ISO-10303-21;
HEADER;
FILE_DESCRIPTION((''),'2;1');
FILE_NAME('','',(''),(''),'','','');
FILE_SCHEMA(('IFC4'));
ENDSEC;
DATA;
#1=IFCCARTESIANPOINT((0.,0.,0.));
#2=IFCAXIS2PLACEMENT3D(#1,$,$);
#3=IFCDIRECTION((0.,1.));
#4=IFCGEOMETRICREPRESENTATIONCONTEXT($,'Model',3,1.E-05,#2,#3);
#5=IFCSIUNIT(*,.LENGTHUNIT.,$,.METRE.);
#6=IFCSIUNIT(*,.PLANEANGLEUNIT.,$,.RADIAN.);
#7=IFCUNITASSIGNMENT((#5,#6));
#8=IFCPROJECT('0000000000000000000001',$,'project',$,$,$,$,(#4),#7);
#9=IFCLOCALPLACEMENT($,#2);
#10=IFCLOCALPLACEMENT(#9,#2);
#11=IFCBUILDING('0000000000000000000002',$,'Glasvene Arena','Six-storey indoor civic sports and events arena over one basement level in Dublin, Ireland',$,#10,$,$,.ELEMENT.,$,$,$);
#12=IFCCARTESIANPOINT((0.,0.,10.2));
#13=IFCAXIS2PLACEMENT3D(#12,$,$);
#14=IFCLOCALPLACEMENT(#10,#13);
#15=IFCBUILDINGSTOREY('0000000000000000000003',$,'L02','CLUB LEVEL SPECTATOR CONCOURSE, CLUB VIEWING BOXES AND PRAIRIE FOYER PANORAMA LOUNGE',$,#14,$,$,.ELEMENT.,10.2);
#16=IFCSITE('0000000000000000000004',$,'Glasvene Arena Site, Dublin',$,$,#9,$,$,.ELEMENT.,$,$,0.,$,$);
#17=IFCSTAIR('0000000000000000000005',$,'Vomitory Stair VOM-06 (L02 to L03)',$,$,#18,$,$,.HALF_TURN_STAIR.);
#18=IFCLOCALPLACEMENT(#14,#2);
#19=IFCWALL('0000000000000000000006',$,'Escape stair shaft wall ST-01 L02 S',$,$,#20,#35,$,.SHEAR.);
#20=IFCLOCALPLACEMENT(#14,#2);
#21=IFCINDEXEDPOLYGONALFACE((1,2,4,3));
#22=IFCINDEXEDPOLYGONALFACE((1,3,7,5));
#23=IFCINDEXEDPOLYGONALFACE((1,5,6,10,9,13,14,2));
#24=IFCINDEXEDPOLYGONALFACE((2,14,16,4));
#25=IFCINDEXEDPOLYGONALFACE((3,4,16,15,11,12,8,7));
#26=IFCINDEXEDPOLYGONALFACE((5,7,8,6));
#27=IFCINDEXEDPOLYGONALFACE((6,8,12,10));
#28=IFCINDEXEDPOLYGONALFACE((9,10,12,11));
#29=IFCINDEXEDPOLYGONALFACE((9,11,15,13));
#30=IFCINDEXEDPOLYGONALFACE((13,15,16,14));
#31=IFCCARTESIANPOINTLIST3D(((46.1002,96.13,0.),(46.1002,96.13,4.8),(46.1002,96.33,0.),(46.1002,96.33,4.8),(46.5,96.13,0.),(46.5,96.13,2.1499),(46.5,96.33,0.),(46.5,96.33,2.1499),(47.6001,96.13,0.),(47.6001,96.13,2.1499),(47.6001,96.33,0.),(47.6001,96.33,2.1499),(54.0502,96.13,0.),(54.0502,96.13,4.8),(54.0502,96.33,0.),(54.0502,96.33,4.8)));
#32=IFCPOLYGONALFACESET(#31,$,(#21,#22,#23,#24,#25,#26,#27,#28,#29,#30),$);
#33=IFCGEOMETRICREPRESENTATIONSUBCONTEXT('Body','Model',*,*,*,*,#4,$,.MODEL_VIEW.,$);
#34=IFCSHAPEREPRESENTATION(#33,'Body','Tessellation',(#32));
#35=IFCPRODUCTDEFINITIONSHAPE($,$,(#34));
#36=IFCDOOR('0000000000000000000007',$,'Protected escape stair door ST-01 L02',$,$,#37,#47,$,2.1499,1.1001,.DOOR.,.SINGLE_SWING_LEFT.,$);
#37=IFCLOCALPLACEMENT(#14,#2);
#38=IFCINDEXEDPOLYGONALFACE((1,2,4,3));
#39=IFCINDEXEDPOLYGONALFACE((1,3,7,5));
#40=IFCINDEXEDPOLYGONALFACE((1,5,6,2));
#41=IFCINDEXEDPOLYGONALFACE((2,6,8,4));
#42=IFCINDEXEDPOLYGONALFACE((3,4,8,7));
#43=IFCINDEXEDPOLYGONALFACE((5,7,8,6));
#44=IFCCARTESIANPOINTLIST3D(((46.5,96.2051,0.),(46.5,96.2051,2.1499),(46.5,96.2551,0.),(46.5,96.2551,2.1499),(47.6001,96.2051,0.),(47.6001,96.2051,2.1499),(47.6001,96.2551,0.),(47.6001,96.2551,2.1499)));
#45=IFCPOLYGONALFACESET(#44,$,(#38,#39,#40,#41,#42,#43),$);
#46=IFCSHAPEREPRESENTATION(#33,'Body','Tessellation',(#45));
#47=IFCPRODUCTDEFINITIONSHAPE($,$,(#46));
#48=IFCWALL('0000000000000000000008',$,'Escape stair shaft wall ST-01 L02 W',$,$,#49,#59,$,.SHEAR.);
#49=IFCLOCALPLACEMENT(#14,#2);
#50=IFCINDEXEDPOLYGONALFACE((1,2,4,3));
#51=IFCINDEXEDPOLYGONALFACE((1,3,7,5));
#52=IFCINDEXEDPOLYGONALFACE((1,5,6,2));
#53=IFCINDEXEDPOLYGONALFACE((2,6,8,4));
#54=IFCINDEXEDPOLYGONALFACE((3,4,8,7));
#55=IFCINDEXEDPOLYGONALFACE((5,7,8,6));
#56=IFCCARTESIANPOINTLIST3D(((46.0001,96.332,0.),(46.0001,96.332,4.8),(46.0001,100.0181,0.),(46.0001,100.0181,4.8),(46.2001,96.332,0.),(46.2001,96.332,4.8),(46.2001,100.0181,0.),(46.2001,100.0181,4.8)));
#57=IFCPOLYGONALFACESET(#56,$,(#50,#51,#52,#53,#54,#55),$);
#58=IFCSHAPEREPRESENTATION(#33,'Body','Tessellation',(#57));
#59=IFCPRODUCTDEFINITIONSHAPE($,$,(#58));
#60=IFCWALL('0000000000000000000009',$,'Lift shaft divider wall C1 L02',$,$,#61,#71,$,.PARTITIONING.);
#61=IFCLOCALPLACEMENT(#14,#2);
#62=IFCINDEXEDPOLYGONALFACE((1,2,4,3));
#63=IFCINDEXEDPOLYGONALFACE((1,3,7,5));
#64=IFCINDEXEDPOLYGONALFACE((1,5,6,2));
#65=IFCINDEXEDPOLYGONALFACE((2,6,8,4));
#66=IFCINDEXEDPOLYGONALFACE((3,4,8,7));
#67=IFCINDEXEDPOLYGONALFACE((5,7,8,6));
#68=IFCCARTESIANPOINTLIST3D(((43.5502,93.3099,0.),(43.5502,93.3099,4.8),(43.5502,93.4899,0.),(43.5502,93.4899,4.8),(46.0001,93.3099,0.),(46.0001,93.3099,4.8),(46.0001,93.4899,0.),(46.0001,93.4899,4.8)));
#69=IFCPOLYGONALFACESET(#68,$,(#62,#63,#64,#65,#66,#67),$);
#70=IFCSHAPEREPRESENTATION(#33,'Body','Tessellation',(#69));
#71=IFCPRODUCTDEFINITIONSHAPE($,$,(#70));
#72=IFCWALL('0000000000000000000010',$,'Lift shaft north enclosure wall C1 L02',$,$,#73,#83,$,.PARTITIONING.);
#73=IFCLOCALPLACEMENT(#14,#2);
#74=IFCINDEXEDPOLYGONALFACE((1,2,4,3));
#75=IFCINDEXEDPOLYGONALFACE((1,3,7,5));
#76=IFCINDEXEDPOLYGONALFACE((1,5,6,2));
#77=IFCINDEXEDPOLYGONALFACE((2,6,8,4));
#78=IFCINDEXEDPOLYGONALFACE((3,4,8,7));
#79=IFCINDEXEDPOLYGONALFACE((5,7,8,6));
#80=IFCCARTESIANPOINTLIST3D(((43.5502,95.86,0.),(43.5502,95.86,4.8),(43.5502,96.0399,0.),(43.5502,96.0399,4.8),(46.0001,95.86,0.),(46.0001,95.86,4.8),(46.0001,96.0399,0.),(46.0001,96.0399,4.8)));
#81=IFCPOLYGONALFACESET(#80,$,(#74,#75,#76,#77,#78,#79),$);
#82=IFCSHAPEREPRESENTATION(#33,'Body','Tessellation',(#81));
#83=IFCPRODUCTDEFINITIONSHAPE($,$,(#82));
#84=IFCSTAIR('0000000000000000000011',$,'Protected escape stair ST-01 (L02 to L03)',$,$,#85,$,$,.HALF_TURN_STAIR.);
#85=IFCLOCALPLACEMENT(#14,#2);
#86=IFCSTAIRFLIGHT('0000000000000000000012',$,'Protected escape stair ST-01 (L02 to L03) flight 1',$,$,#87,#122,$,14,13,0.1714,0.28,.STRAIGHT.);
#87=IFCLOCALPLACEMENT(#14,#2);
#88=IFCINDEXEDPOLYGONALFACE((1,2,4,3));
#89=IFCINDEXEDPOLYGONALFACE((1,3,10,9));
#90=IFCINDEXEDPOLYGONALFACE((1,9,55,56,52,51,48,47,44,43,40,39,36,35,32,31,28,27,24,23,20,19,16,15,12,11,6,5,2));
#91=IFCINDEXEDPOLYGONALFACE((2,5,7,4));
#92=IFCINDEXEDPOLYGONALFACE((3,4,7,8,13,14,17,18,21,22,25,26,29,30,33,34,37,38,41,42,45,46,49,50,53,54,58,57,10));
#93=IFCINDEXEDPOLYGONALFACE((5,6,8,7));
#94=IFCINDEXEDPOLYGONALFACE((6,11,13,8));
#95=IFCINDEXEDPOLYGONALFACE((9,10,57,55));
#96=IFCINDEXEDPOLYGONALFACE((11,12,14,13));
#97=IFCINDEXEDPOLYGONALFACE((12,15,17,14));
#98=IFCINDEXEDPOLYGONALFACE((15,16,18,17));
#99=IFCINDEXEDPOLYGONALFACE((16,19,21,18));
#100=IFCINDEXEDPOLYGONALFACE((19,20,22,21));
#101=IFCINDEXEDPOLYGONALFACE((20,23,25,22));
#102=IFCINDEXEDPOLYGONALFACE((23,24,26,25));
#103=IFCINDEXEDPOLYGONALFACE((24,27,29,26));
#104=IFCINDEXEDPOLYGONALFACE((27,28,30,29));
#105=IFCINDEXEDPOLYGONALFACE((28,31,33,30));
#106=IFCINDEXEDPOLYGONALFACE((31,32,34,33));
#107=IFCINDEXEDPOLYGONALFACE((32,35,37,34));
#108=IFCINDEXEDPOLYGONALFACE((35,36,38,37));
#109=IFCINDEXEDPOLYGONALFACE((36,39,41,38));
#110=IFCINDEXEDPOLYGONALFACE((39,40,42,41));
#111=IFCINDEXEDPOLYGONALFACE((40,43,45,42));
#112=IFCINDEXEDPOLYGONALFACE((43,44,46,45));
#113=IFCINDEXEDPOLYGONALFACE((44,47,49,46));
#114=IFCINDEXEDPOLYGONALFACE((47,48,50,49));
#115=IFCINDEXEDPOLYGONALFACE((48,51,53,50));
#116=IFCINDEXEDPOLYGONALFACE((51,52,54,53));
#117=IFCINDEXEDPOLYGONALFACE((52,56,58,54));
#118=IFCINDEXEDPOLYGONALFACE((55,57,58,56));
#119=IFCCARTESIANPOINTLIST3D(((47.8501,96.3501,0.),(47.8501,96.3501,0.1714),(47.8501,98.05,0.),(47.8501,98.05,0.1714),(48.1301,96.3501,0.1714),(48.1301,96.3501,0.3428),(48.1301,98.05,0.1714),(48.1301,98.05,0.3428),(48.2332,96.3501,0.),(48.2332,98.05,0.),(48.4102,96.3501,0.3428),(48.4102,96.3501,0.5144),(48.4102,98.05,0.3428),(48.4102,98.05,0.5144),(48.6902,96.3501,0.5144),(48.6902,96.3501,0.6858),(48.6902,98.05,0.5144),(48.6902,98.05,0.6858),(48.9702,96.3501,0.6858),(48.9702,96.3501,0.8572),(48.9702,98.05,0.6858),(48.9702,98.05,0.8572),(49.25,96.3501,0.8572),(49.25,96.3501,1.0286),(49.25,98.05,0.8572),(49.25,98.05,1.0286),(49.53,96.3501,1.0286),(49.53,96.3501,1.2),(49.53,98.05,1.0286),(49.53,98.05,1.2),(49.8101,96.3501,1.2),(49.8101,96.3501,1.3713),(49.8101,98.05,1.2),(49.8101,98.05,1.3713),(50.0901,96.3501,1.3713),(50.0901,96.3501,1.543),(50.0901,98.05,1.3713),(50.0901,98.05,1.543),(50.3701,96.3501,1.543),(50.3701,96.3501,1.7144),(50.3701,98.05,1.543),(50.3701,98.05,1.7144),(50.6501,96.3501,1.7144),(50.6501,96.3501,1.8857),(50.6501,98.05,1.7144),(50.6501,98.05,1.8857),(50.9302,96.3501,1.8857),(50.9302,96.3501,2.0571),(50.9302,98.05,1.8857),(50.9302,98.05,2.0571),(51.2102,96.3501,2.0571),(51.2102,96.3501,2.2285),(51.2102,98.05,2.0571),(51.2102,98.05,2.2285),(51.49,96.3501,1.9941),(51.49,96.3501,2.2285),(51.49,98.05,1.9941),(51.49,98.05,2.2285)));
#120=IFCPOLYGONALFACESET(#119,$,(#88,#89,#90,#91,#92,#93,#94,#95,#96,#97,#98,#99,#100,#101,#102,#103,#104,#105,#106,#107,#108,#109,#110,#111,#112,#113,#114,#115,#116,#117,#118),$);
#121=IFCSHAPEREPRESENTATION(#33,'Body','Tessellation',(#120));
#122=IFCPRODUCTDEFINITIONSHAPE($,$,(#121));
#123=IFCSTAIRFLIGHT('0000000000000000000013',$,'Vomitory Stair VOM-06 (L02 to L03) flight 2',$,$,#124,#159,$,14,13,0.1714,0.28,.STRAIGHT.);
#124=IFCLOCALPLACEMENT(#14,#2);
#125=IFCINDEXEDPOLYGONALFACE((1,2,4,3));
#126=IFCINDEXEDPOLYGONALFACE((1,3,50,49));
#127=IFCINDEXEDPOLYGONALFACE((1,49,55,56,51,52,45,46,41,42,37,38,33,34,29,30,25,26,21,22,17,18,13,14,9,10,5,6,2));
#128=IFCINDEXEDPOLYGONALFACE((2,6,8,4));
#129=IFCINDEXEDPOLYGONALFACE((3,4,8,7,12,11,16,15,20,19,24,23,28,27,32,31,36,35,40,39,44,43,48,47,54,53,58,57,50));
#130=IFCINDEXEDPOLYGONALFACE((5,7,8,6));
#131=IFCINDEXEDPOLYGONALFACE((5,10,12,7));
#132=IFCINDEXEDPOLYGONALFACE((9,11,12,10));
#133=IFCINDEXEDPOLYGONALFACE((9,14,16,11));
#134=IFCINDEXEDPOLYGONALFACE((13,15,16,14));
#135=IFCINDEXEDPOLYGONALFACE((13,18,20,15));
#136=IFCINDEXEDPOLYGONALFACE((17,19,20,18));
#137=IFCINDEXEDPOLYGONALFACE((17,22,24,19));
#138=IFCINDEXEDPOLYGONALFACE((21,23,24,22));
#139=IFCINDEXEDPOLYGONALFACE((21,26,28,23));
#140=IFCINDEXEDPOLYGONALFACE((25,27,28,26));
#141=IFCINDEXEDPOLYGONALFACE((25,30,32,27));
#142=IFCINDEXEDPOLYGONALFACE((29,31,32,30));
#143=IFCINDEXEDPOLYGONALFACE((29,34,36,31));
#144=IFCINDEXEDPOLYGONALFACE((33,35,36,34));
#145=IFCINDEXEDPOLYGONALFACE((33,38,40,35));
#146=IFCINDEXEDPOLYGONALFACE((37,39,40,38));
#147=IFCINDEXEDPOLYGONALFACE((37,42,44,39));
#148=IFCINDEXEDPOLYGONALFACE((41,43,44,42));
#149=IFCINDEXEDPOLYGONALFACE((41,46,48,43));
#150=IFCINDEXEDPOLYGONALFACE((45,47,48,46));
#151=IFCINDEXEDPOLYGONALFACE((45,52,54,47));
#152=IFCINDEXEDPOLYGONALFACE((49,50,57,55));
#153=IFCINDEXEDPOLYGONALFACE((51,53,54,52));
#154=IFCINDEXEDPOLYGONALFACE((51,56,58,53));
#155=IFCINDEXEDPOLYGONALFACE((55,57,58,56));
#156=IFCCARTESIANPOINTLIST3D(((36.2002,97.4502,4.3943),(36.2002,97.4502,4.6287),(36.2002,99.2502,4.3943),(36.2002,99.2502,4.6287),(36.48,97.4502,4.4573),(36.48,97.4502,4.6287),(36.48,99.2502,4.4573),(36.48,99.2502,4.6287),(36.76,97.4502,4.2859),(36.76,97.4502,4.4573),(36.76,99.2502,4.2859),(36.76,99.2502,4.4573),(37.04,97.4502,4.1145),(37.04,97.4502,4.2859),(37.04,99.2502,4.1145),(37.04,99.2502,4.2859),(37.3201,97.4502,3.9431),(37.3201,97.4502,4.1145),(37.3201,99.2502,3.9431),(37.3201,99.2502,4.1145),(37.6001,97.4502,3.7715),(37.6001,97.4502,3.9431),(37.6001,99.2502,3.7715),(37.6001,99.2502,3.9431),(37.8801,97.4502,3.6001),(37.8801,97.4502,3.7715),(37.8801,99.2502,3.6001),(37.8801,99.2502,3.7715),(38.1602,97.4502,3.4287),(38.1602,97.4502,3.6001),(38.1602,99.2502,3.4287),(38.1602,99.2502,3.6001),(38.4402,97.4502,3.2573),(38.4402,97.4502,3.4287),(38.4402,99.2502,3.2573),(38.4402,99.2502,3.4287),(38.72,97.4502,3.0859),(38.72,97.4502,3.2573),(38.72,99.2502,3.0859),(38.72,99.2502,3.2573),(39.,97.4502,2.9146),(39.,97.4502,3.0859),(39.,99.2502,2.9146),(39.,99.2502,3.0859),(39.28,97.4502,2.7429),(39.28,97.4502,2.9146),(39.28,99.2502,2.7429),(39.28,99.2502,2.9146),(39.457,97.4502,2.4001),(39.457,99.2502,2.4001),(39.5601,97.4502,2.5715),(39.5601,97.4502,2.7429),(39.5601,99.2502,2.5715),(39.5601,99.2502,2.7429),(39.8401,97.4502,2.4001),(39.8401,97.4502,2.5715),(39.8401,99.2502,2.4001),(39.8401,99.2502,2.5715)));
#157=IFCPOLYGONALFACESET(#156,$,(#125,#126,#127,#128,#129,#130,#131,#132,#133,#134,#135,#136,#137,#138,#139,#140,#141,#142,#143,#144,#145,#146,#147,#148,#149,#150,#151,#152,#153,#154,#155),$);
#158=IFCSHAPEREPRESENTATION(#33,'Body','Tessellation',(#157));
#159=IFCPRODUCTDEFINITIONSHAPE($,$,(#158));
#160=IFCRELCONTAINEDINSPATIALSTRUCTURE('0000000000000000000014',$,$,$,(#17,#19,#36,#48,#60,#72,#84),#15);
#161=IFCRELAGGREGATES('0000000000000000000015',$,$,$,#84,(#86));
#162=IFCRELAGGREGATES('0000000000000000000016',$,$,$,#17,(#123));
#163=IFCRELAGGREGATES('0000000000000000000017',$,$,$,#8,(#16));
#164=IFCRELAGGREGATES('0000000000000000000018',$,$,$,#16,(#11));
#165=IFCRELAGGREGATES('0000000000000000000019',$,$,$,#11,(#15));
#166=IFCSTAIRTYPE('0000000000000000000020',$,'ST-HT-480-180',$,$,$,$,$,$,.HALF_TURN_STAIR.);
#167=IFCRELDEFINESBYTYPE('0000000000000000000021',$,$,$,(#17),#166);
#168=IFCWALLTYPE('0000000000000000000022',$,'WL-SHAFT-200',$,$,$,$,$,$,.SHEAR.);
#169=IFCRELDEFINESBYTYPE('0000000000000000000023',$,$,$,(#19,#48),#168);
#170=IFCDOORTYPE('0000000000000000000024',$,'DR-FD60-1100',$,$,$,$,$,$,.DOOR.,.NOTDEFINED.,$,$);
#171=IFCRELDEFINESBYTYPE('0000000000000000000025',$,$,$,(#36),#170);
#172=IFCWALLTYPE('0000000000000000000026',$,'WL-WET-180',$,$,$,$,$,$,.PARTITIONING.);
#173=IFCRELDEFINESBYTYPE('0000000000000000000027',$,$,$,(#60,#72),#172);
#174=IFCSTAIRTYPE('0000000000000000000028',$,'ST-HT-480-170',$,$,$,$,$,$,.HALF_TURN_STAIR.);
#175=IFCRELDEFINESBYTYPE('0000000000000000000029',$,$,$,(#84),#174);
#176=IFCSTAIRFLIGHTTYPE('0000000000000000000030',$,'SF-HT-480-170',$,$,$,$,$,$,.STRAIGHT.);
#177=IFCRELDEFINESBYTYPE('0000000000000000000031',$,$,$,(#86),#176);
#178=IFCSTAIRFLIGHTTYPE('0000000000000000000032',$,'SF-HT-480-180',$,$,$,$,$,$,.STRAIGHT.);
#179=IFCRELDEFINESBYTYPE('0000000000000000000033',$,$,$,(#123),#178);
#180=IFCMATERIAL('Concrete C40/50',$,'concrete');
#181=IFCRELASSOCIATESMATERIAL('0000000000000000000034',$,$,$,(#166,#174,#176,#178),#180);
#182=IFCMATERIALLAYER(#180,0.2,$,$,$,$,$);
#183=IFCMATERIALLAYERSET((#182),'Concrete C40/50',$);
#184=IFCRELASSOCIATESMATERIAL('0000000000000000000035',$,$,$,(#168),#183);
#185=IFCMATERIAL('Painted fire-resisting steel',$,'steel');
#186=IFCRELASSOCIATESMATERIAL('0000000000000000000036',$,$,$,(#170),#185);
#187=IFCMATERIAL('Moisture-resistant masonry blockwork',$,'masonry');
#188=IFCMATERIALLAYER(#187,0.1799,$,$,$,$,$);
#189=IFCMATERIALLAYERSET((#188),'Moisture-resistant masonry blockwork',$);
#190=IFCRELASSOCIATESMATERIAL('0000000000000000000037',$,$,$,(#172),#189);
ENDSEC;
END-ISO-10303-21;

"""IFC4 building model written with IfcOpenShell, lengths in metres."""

from ifc_helpers import new_model, si_unit, direction, frame, frame_2d, origin, place, context, subcontext, project, spatial, polyline, rectangle, outline, extrude, material, layer, layer_set, type_object, element, fill, aggregate, save


model = new_model("IFC4")

# Units and contexts
model_context = context("Model", 3, precision=1e-05, world=origin(), true_north=direction((0.0, 1.0)))
body_context = subcontext(model_context, "Body", "Model", "MODEL_VIEW")
ifc_project = project(units=[si_unit("LENGTHUNIT", "METRE"), si_unit("PLANEANGLEUNIT", "RADIAN")], contexts=[model_context])

# Site, building, storey
site_placement = place(None, origin())
site = spatial("IfcSite", under=ifc_project, at=site_placement, Name="Glasvene Arena Site, Dublin", CompositionType="ELEMENT", RefElevation=0.0)
building_placement = place(site_placement, origin())
building = spatial("IfcBuilding", under=site, at=building_placement, Name="Glasvene Arena", Description="Six-storey indoor civic sports and events arena over one basement level in Dublin, Ireland", CompositionType="ELEMENT")
storey_placement = place(building_placement, frame((0.0, 0.0, 10.2)))
storey = spatial("IfcBuildingStorey", under=building, at=storey_placement, Name="L02", Description="CLUB LEVEL SPECTATOR CONCOURSE, CLUB VIEWING BOXES AND PRAIRIE FOYER PANORAMA LOUNGE", CompositionType="ELEMENT", Elevation=10.2)

# Stair
ifc_material_1 = material(Name="Concrete C40/50", Category="concrete")
stair_type_1 = type_object("IfcStairType", Name="ST-HT-480-180", PredefinedType="HALF_TURN_STAIR", material=ifc_material_1)
stair_1_placement = place(storey_placement, origin())
stair_1 = element("IfcStair", 1, at=stair_1_placement, inside=storey, type_object=stair_type_1, Name="Vomitory Stair VOM-06 (L02 to L03)", PredefinedType="HALF_TURN_STAIR")

# Wall, opening, door
ifc_layer_1 = layer(ifc_material_1, 0.2)
ifc_layer_set_1 = layer_set([ifc_layer_1], Name="Concrete C40/50")
wall_type_1 = type_object("IfcWallType", Name="WL-SHAFT-200", PredefinedType="SHEAR", material=ifc_layer_set_1)
wall_1_placement = place(storey_placement, frame((46.1001, 96.23, 0.0), z_axis=(0.0, 0.0, 1.0), x_axis=(1.0, 0.0, 0.0)))
wall_1 = element("IfcWall", 2, at=wall_1_placement, inside=storey, type_object=wall_type_1, Name="Escape stair shaft wall ST-01 L02 S", PredefinedType="SHEAR", context=body_context, shape_type="SweptSolid", body=[
    extrude(rectangle(XDim=7.95, YDim=0.2, at=frame_2d((3.9751, 0.0))), origin(), (0.0, 0.0, 1.0), 4.8),
])
opening_1_placement = place(wall_1_placement, frame((0.3999, 0.0, 0.0)))
opening_1 = element("IfcOpeningElement", 3, at=opening_1_placement, cuts=wall_1, PredefinedType="OPENING", context=body_context, shape_type="SweptSolid", body=[
    extrude(rectangle(XDim=1.1001, YDim=2.1499, at=frame_2d((0.55, 1.075))), frame((0.0, 0.1099, 0.0), z_axis=(0.0, -1.0, 0.0), x_axis=(1.0, 0.0, 0.0)), (0.0, 0.0, 1.0), 0.22),
])
ifc_material_2 = material(Name="Painted fire-resisting steel", Category="steel")
door_type_1 = type_object("IfcDoorType", Name="DR-FD60-1100", OperationType="NOTDEFINED", PredefinedType="DOOR", material=ifc_material_2)
door_1_placement = place(opening_1_placement, frame((1.1001, 0.0, 0.0), z_axis=(0.0, 0.0, 1.0), x_axis=(-1.0, 0.0, 0.0)))
door_1 = element("IfcDoor", 4, at=door_1_placement, inside=storey, type_object=door_type_1, Name="Protected escape stair door ST-01 L02", OperationType="SINGLE_SWING_LEFT", OverallHeight=2.1499, OverallWidth=1.1001, PredefinedType="DOOR", context=body_context, shape_type="SweptSolid", body=[
    extrude(rectangle(XDim=1.1001, YDim=2.1499, at=frame_2d((0.55, 1.075))), frame((0.0, 0.0249, 0.0), z_axis=(0.0, -1.0, 0.0), x_axis=(1.0, 0.0, 0.0)), (0.0, 0.0, 1.0), 0.05),
])
fill(opening_1, door_1)

# Walls
wall_2_placement = place(storey_placement, frame((46.1001, 96.332, 0.0), z_axis=(0.0, 0.0, 1.0), x_axis=(0.0, 1.0, 0.0)))
element("IfcWall", 5, at=wall_2_placement, inside=storey, type_object=wall_type_1, Name="Escape stair shaft wall ST-01 L02 W", PredefinedType="SHEAR", context=body_context, shape_type="SweptSolid", body=[
    extrude(rectangle(XDim=3.686, YDim=0.2, at=frame_2d((1.843, 0.0))), origin(), (0.0, 0.0, 1.0), 4.8),
])
ifc_material_3 = material(Name="Moisture-resistant masonry blockwork", Category="masonry")
ifc_layer_2 = layer(ifc_material_3, 0.1799)
ifc_layer_set_2 = layer_set([ifc_layer_2], Name="Moisture-resistant masonry blockwork")
wall_type_2 = type_object("IfcWallType", Name="WL-WET-180", PredefinedType="PARTITIONING", material=ifc_layer_set_2)
for number, where, z_axis, x_axis, name in (
    (6, (43.55, 93.3999, 0.0), (0.0, 0.0, 1.0), (1.0, 0.0, 0.0), "Lift shaft divider wall C1 L02"),
    (7, (43.55, 95.95, 0.0), (0.0, 0.0, 1.0), (1.0, 0.0, 0.0), "Lift shaft north enclosure wall C1 L02"),
):
    element("IfcWall", number, at=place(storey_placement, frame(where, z_axis=z_axis, x_axis=x_axis)), inside=storey, type_object=wall_type_2, Name=name, PredefinedType="PARTITIONING", context=body_context, shape_type="SweptSolid", body=[
        extrude(rectangle(XDim=2.45, YDim=0.1799, at=frame_2d((1.2251, 0.0))), origin(), (0.0, 0.0, 1.0), 4.8),
    ])

# Stair, stair flight
stair_type_2 = type_object("IfcStairType", Name="ST-HT-480-170", PredefinedType="HALF_TURN_STAIR", material=ifc_material_1)
stair_2_placement = place(storey_placement, origin())
stair_2 = element("IfcStair", 8, at=stair_2_placement, inside=storey, type_object=stair_type_2, Name="Protected escape stair ST-01 (L02 to L03)", PredefinedType="HALF_TURN_STAIR")
stair_flight_type_1 = type_object("IfcStairFlightType", Name="SF-HT-480-170", PredefinedType="STRAIGHT", material=ifc_material_1)
stair_flight_1_placement = place(storey_placement, frame((47.8501, 97.2, 0.0), z_axis=(0.0, 0.0, 1.0), x_axis=(1.0, 0.0, 0.0)))
stair_flight_1 = element("IfcStairFlight", 9, at=stair_flight_1_placement, type_object=stair_flight_type_1, Name="Protected escape stair ST-01 (L02 to L03) flight 1", NumberOfRisers=14, NumberOfTreads=13, PredefinedType="STRAIGHT", RiserHeight=0.1714, TreadLength=0.28, context=body_context, shape_type="SweptSolid", body=[
    extrude(outline(polyline([(0.0, 0.0), (0.0, 0.1714), (0.28, 0.1714), (0.28, 0.3428), (0.5601, 0.3428), (0.5601, 0.5144), (0.8401, 0.5144), (0.8401, 0.6858), (1.1201, 0.6858), (1.1201, 0.8572), (1.3999, 0.8572), (1.3999, 1.0286), (1.6799, 1.0286), (1.6799, 1.2), (1.96, 1.2), (1.96, 1.3713), (2.24, 1.3713), (2.24, 1.543), (2.52, 1.543), (2.52, 1.7144), (2.8, 1.7144), (2.8, 1.8857), (3.0801, 1.8857), (3.0801, 2.0571), (3.3601, 2.0571), (3.3601, 2.2285), (3.6399, 2.2285), (3.6399, 2.3999), (3.6399, 1.9941), (0.3831, 0.0), (0.0, 0.0)])), frame((0.0, 0.8501, 0.0), z_axis=(0.0, -1.0, 0.0), x_axis=(1.0, 0.0, 0.0)), (0.0, 0.0, 1.0), 1.7),
])
aggregate(stair_2, [stair_flight_1])

# Stair flight
stair_flight_type_2 = type_object("IfcStairFlightType", Name="SF-HT-480-180", PredefinedType="STRAIGHT", material=ifc_material_1)
stair_flight_2_placement = place(storey_placement, frame((39.8401, 98.3501, 2.4001), z_axis=(0.0, 0.0, 1.0), x_axis=(-1.0, 0.0, 0.0)))
stair_flight_2 = element("IfcStairFlight", 10, at=stair_flight_2_placement, type_object=stair_flight_type_2, Name="Vomitory Stair VOM-06 (L02 to L03) flight 2", NumberOfRisers=14, NumberOfTreads=13, PredefinedType="STRAIGHT", RiserHeight=0.1714, TreadLength=0.28, context=body_context, shape_type="SweptSolid", body=[
    extrude(outline(polyline([(0.0, 0.0), (0.0, 0.1714), (0.28, 0.1714), (0.28, 0.3428), (0.5601, 0.3428), (0.5601, 0.5144), (0.8401, 0.5144), (0.8401, 0.6858), (1.1201, 0.6858), (1.1201, 0.8572), (1.3999, 0.8572), (1.3999, 1.0286), (1.6799, 1.0286), (1.6799, 1.2), (1.96, 1.2), (1.96, 1.3713), (2.24, 1.3713), (2.24, 1.543), (2.52, 1.543), (2.52, 1.7144), (2.8, 1.7144), (2.8, 1.8857), (3.0801, 1.8857), (3.0801, 2.0571), (3.3601, 2.0571), (3.3601, 2.2285), (3.6399, 2.2285), (3.6399, 2.3999), (3.6399, 1.9941), (0.3831, 0.0), (0.0, 0.0)])), frame((0.0, 0.8999, 0.0), z_axis=(0.0, -1.0, 0.0), x_axis=(1.0, 0.0, 0.0)), (0.0, 0.0, 1.0), 1.8),
])
aggregate(stair_1, [stair_flight_2])

save(model, "model.ifc")
